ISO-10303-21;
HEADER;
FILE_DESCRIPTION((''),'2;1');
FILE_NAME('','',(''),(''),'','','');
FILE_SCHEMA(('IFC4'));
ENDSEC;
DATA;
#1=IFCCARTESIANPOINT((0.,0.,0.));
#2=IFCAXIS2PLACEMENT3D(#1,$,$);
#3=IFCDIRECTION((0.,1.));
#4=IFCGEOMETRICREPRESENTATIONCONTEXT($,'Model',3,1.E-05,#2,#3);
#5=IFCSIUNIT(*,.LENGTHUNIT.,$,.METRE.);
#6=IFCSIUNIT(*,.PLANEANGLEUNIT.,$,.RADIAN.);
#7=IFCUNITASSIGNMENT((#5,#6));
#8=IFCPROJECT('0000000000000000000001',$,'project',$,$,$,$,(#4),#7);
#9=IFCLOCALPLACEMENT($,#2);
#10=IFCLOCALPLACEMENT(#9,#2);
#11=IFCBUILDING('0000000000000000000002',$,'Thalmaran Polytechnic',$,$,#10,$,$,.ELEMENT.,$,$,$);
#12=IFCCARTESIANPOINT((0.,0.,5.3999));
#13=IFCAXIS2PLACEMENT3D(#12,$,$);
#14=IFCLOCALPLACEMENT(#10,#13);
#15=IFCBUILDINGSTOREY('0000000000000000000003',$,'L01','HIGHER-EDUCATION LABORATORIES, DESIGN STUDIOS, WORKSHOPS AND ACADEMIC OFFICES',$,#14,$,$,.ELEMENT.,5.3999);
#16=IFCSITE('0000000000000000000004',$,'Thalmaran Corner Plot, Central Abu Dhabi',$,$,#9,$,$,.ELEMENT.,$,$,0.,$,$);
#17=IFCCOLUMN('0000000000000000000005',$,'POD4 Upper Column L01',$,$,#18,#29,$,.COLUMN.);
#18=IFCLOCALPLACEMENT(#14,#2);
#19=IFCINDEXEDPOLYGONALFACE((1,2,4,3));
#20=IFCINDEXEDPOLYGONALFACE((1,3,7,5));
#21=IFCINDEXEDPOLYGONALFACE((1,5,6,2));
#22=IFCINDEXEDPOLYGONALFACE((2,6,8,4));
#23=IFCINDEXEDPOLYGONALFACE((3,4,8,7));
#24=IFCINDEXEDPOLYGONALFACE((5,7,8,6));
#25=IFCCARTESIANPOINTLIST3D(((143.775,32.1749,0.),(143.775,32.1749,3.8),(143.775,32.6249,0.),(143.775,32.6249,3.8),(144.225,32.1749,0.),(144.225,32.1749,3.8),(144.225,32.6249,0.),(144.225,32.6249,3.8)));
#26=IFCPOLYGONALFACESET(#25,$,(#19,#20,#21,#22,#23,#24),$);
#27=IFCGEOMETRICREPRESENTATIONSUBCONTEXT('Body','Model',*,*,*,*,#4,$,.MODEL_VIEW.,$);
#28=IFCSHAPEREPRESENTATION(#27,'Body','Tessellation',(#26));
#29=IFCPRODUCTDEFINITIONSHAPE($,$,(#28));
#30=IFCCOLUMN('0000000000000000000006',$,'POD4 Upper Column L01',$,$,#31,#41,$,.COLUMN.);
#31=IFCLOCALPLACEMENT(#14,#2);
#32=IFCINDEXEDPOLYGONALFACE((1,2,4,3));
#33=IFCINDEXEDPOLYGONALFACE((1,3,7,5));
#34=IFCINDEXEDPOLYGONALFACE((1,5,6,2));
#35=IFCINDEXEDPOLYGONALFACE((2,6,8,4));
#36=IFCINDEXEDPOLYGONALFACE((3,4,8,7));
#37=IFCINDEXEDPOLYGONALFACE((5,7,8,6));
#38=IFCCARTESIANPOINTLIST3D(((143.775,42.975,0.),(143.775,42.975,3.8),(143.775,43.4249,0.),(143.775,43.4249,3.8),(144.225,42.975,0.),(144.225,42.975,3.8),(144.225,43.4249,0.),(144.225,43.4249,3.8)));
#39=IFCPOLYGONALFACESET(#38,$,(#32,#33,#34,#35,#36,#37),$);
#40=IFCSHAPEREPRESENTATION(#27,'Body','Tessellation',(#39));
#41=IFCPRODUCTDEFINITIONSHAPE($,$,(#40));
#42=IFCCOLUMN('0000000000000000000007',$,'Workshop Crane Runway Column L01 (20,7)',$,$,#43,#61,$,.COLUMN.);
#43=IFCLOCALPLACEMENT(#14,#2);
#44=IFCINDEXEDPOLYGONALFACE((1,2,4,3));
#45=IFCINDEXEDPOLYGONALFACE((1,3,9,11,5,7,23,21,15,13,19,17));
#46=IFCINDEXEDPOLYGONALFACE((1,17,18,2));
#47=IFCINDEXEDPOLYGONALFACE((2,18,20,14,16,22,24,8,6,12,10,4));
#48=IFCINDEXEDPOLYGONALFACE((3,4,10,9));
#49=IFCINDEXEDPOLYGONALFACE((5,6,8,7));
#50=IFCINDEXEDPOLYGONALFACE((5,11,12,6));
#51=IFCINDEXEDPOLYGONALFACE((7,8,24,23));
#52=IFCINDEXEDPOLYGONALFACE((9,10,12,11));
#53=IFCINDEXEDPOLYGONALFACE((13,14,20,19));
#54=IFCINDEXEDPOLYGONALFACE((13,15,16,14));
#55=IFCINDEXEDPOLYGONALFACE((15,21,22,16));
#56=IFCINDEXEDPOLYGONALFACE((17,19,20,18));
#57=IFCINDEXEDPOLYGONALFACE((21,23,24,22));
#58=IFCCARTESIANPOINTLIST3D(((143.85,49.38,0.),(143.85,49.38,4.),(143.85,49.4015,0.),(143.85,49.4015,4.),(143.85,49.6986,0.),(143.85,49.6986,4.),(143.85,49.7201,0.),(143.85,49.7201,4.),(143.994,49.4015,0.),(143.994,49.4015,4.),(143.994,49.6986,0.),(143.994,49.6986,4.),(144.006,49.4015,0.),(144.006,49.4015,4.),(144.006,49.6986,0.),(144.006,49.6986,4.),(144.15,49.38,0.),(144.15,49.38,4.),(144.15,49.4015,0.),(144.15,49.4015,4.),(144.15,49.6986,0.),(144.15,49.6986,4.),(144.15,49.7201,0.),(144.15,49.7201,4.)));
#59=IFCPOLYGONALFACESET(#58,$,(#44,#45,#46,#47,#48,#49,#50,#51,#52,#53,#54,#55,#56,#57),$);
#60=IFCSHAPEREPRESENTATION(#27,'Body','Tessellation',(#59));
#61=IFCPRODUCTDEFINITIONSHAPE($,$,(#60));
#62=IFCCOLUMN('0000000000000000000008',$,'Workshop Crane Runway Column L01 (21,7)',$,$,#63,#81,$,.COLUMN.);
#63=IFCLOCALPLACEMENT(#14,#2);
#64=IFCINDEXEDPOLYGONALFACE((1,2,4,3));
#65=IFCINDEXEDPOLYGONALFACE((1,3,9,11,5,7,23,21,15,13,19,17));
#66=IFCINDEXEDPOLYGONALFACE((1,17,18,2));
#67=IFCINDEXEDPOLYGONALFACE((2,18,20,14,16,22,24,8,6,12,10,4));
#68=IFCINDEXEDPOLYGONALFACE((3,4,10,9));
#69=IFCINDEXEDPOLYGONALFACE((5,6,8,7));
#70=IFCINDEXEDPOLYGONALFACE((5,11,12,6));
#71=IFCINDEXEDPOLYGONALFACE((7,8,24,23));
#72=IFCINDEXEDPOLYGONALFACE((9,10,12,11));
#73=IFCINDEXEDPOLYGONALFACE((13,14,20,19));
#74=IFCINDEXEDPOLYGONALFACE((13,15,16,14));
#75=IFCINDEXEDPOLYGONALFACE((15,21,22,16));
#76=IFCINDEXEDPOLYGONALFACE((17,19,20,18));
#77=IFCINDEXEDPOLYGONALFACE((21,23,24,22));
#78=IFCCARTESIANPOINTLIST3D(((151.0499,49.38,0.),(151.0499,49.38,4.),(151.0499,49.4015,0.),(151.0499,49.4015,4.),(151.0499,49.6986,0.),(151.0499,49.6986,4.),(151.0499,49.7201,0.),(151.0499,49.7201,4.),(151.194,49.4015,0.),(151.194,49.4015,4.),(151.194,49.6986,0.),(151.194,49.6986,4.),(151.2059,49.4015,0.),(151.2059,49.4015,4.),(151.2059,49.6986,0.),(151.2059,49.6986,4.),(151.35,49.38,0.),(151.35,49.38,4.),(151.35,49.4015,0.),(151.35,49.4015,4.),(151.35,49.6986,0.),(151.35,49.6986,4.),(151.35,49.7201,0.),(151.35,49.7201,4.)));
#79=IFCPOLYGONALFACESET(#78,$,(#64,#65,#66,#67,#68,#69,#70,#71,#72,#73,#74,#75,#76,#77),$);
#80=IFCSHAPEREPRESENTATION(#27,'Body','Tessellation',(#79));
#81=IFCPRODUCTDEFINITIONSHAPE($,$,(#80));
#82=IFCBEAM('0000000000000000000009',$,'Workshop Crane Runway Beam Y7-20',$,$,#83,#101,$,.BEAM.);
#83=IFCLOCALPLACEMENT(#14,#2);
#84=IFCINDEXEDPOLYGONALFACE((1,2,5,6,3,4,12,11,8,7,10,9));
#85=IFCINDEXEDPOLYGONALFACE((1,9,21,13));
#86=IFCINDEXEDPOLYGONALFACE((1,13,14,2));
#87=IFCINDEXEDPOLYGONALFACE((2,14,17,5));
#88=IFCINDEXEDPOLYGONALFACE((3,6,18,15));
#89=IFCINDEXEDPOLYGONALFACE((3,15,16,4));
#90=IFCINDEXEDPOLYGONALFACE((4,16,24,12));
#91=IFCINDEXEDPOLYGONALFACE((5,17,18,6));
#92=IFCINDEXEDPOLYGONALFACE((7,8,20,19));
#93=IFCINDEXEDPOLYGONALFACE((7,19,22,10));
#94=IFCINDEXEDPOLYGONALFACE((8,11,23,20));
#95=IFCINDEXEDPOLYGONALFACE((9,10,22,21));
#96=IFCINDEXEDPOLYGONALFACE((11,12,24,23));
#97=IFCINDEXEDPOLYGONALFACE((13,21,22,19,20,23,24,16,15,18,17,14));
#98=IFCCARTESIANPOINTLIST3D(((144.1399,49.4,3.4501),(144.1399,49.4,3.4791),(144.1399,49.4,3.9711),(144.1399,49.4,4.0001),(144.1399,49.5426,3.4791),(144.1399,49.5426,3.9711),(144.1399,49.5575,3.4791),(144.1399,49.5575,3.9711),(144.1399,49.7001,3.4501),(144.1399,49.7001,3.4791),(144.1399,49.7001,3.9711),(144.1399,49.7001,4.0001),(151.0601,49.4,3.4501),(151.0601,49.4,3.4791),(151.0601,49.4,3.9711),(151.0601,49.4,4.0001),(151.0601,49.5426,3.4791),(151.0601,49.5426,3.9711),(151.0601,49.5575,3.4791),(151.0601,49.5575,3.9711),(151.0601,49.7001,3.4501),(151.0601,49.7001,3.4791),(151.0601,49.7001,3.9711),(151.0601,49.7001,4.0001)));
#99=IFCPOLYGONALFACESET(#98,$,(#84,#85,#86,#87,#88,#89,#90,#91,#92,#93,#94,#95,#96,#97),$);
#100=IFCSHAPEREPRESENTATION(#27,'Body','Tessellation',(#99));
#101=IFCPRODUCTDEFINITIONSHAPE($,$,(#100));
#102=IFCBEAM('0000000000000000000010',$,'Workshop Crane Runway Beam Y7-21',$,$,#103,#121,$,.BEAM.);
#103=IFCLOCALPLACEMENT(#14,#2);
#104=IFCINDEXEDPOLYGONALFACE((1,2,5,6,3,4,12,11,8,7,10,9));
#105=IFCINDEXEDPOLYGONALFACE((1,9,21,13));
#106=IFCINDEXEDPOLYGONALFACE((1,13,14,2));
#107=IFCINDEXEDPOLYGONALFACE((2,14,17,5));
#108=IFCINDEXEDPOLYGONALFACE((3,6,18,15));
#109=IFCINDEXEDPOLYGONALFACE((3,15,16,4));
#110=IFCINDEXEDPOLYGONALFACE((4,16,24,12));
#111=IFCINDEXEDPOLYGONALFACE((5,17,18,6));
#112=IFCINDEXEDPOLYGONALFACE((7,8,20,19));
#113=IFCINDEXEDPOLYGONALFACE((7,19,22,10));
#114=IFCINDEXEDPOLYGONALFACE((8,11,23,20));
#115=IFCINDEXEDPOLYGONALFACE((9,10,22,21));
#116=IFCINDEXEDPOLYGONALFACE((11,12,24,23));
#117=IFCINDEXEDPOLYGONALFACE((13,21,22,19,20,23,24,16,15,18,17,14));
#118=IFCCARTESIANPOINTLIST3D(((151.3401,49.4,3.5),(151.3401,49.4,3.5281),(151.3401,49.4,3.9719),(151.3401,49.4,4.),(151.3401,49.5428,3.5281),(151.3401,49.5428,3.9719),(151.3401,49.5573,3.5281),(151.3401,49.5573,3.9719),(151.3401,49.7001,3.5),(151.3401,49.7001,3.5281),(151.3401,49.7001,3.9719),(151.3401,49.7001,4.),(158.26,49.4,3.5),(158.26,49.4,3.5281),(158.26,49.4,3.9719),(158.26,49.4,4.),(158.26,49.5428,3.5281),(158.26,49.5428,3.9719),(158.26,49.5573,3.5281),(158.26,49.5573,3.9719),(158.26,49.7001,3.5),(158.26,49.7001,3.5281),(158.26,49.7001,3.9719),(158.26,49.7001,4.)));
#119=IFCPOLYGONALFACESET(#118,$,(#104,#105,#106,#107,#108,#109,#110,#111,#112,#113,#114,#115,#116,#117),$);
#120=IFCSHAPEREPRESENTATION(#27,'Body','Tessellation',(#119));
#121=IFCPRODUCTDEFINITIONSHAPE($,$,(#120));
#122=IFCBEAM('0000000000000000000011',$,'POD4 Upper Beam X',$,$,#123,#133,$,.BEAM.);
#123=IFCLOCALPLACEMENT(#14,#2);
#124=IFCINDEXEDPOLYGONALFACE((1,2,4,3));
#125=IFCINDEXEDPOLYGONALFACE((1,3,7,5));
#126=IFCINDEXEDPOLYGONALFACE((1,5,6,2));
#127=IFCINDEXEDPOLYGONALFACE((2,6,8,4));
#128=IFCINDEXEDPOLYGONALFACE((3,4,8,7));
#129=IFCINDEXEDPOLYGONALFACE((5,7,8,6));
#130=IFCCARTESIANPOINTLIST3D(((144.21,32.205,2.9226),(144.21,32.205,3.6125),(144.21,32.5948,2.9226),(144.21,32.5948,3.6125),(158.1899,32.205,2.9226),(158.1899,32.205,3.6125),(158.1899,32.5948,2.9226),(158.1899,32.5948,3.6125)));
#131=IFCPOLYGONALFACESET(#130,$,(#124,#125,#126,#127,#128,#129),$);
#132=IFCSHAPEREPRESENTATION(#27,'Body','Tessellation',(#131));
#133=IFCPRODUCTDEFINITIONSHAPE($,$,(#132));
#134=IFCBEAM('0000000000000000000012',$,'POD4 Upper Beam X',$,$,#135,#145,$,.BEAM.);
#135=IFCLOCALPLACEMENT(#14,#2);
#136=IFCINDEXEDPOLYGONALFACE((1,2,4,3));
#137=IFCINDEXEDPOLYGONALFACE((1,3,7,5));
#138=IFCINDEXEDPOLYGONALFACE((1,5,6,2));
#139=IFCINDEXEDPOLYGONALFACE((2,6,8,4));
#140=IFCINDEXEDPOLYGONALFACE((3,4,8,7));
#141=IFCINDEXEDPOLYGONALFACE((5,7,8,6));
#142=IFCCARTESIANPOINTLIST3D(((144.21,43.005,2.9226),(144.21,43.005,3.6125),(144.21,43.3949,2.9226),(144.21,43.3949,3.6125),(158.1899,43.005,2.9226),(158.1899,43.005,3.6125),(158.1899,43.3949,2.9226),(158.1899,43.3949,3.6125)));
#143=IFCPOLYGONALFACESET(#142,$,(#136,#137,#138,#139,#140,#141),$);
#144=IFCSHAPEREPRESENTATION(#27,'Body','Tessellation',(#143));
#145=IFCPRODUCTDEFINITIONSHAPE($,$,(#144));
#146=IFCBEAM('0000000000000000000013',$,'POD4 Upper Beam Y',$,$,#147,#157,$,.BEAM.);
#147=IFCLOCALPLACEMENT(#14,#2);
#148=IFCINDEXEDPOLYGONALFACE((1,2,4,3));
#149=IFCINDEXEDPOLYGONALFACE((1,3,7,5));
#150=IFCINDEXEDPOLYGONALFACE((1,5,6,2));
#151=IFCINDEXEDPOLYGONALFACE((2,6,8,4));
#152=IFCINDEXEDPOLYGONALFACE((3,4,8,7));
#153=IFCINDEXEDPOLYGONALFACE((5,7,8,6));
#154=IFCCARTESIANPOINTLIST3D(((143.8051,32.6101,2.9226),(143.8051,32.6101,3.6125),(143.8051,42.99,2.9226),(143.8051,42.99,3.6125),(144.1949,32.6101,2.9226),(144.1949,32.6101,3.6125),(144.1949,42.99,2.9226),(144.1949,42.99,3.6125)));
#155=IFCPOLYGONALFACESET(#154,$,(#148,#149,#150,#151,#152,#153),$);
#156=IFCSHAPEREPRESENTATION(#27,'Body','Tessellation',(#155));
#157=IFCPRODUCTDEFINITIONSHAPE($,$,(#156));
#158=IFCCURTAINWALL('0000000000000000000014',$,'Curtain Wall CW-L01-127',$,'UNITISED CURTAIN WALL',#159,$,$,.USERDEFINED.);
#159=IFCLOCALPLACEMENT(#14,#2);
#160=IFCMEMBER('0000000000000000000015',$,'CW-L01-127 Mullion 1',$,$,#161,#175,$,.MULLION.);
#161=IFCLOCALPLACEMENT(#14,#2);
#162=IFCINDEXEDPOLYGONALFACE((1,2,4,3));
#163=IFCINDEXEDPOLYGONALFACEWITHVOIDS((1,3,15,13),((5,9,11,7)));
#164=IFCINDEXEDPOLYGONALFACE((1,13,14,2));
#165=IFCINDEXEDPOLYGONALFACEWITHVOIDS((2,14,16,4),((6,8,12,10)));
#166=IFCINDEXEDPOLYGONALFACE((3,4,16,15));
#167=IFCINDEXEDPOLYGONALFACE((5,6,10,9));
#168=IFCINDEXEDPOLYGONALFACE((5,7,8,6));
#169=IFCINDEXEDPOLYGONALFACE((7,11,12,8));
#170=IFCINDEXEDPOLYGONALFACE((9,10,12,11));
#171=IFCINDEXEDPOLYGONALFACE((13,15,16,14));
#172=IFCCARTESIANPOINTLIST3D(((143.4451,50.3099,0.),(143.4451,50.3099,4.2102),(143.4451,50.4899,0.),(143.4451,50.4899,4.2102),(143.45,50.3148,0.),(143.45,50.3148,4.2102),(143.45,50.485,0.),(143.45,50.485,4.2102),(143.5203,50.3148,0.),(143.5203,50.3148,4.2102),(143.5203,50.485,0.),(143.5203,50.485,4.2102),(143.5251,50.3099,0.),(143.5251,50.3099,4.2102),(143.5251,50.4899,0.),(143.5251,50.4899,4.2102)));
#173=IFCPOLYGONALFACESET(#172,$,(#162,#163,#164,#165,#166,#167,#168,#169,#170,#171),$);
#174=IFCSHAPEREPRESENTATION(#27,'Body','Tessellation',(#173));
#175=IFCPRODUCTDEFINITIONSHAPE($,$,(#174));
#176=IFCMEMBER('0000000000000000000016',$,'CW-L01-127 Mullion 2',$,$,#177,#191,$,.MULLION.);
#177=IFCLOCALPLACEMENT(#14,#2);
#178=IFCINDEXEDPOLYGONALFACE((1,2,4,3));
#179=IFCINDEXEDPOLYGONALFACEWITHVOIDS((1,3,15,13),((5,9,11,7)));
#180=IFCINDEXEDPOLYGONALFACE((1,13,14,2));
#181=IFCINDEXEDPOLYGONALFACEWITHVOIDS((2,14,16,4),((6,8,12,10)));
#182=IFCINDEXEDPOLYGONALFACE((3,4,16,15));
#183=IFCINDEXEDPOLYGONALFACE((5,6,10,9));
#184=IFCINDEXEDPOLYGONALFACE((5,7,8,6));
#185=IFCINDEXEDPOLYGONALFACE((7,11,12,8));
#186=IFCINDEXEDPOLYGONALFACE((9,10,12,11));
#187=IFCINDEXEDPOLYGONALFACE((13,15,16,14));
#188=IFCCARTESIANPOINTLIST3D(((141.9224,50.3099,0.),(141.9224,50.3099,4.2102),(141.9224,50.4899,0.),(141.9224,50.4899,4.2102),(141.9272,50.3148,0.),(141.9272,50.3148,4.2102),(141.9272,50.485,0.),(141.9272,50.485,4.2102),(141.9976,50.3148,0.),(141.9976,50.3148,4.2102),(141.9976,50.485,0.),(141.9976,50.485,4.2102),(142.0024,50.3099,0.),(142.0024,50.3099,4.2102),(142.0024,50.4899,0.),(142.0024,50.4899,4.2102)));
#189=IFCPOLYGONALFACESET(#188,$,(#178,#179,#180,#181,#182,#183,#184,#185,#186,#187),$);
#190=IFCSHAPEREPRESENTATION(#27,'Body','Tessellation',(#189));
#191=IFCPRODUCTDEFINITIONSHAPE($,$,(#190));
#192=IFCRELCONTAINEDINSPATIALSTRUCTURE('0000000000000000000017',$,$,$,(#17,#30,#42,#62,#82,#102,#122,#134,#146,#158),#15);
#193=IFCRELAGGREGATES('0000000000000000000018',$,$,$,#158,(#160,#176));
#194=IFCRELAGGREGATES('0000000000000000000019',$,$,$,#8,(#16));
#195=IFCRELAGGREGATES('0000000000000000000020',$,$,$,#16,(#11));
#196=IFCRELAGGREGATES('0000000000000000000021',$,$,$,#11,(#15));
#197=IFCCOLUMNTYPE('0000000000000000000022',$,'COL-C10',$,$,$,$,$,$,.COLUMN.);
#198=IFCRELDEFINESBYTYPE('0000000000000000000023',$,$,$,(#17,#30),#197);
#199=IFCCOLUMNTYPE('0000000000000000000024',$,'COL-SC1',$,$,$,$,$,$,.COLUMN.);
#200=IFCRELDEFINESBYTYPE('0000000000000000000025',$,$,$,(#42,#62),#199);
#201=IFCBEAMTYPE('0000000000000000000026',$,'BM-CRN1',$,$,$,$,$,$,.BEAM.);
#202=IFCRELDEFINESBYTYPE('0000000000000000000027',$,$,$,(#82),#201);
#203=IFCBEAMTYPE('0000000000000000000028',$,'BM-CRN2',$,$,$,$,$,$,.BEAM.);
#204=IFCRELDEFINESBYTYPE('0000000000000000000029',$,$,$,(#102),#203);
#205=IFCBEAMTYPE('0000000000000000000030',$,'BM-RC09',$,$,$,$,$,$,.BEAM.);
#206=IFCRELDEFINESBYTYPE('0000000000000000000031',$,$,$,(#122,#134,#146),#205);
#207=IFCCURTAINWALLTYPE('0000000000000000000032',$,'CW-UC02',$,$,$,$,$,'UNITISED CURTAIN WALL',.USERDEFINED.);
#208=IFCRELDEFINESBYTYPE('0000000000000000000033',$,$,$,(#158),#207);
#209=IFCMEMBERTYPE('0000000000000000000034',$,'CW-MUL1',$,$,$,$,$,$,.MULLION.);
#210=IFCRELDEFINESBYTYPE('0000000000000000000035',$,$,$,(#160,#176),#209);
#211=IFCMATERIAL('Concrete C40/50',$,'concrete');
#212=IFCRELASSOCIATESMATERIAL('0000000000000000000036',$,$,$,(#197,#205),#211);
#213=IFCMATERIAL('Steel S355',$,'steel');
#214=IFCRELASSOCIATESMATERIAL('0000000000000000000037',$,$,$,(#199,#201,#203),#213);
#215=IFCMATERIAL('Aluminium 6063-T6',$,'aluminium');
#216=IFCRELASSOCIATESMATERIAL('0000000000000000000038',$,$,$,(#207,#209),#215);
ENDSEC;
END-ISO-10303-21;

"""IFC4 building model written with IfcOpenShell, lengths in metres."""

from ifc_helpers import new_model, si_unit, direction, frame, origin, origin_2d, place, context, subcontext, project, spatial, rectangle, hollow_rectangle, i_section, extrude, material, material_profile, profile_set, type_object, element, aggregate, save


model = new_model("IFC4")

# Units and contexts
model_context = context("Model", 3, precision=1e-05, world=origin(), true_north=direction((0.0, 1.0)))
body_context = subcontext(model_context, "Body", "Model", "MODEL_VIEW")
ifc_project = project(units=[si_unit("LENGTHUNIT", "METRE"), si_unit("PLANEANGLEUNIT", "RADIAN")], contexts=[model_context])

# Site, building, storey
site_placement = place(None, origin())
site = spatial("IfcSite", under=ifc_project, at=site_placement, Name="Thalmaran Corner Plot, Central Abu Dhabi", CompositionType="ELEMENT", RefElevation=0.0)
building_placement = place(site_placement, origin())
building = spatial("IfcBuilding", under=site, at=building_placement, Name="Thalmaran Polytechnic", CompositionType="ELEMENT")
storey_placement = place(building_placement, frame((0.0, 0.0, 5.3999)))
storey = spatial("IfcBuildingStorey", under=building, at=storey_placement, Name="L01", Description="HIGHER-EDUCATION LABORATORIES, DESIGN STUDIOS, WORKSHOPS AND ACADEMIC OFFICES", CompositionType="ELEMENT", Elevation=5.3999)

# Columns
ifc_material_1 = material(Name="Concrete C40/50", Category="concrete")
ifc_material_profile_1 = material_profile(ifc_material_1, rectangle(XDim=0.45, YDim=0.45, at=origin_2d()), Name="RC 450x450")
ifc_profile_set_1 = profile_set([ifc_material_profile_1], Name="Concrete C40/50")
column_type_1 = type_object("IfcColumnType", Name="COL-C10", PredefinedType="COLUMN", material=ifc_profile_set_1)
for number, where, z_axis, x_axis, name in (
    (1, (144.0, 32.3999, 0.0), (0.0, 0.0, 1.0), (1.0, 0.0, 0.0), "POD4 Upper Column L01"),
    (2, (144.0, 43.2, 0.0), (0.0, 0.0, 1.0), (1.0, 0.0, 0.0), "POD4 Upper Column L01"),
):
    element("IfcColumn", number, at=place(storey_placement, frame(where, z_axis=z_axis, x_axis=x_axis)), inside=storey, type_object=column_type_1, Name=name, PredefinedType="COLUMN", context=body_context, shape_type="SweptSolid", body=[
        extrude(rectangle(XDim=0.45, YDim=0.45, at=origin_2d()), origin(), (0.0, 0.0, 1.0), 3.8),
    ])
ifc_material_2 = material(Name="Steel S355", Category="steel")
ifc_material_profile_2 = material_profile(ifc_material_2, i_section(OverallWidth=0.3, OverallDepth=0.3401, WebThickness=0.012, FlangeThickness=0.0215, at=origin_2d()), Name="HEB 340")
ifc_profile_set_2 = profile_set([ifc_material_profile_2], Name="Steel S355")
column_type_2 = type_object("IfcColumnType", Name="COL-SC1", PredefinedType="COLUMN", material=ifc_profile_set_2)
for number, where, z_axis, x_axis, name in (
    (3, (144.0, 49.55, 0.0), (0.0, 0.0, 1.0), (1.0, 0.0, 0.0), "Workshop Crane Runway Column L01 (20,7)"),
    (4, (151.2, 49.55, 0.0), (0.0, 0.0, 1.0), (1.0, 0.0, 0.0), "Workshop Crane Runway Column L01 (21,7)"),
):
    element("IfcColumn", number, at=place(storey_placement, frame(where, z_axis=z_axis, x_axis=x_axis)), inside=storey, type_object=column_type_2, Name=name, PredefinedType="COLUMN", context=body_context, shape_type="SweptSolid", body=[
        extrude(i_section(OverallWidth=0.3, OverallDepth=0.3401, WebThickness=0.012, FlangeThickness=0.0215, at=origin_2d()), origin(), (0.0, 0.0, 1.0), 4.0),
    ])

# Beams
ifc_material_profile_3 = material_profile(ifc_material_2, i_section(OverallWidth=0.3, OverallDepth=0.55, WebThickness=0.0149, FlangeThickness=0.0291, at=origin_2d()), Name="HEB 550")
ifc_profile_set_3 = profile_set([ifc_material_profile_3], Name="Steel S355")
beam_type_1 = type_object("IfcBeamType", Name="BM-CRN1", PredefinedType="BEAM", material=ifc_profile_set_3)
beam_1_placement = place(storey_placement, frame((144.1399, 49.55, 3.7251), z_axis=(1.0, 0.0, 0.0), x_axis=(0.0, 1.0, 0.0)))
element("IfcBeam", 5, at=beam_1_placement, inside=storey, type_object=beam_type_1, Name="Workshop Crane Runway Beam Y7-20", PredefinedType="BEAM", context=body_context, shape_type="SweptSolid", body=[
    extrude(i_section(OverallWidth=0.3, OverallDepth=0.55, WebThickness=0.0149, FlangeThickness=0.0291, at=origin_2d()), origin(), (0.0, 0.0, 1.0), 6.9202),
])
ifc_material_profile_4 = material_profile(ifc_material_2, i_section(OverallWidth=0.3, OverallDepth=0.5, WebThickness=0.0144, FlangeThickness=0.0281, at=origin_2d()), Name="HEB 500")
ifc_profile_set_4 = profile_set([ifc_material_profile_4], Name="Steel S355")
beam_type_2 = type_object("IfcBeamType", Name="BM-CRN2", PredefinedType="BEAM", material=ifc_profile_set_4)
beam_2_placement = place(storey_placement, frame((151.3401, 49.55, 3.75), z_axis=(1.0, 0.0, 0.0), x_axis=(0.0, 1.0, 0.0)))
element("IfcBeam", 6, at=beam_2_placement, inside=storey, type_object=beam_type_2, Name="Workshop Crane Runway Beam Y7-21", PredefinedType="BEAM", context=body_context, shape_type="SweptSolid", body=[
    extrude(i_section(OverallWidth=0.3, OverallDepth=0.5, WebThickness=0.0144, FlangeThickness=0.0281, at=origin_2d()), origin(), (0.0, 0.0, 1.0), 6.9199),
])
ifc_material_profile_5 = material_profile(ifc_material_1, rectangle(XDim=0.3899, YDim=0.6899, at=origin_2d()), Name="RC 390x690")
ifc_profile_set_5 = profile_set([ifc_material_profile_5], Name="Concrete C40/50")
beam_type_3 = type_object("IfcBeamType", Name="BM-RC09", PredefinedType="BEAM", material=ifc_profile_set_5)
for number, where, z_axis, x_axis, name in (
    (7, (144.21, 32.3999, 3.2676), (1.0, 0.0, 0.0), (0.0, 1.0, 0.0), "POD4 Upper Beam X"),
    (8, (144.21, 43.2, 3.2676), (1.0, 0.0, 0.0), (0.0, 1.0, 0.0), "POD4 Upper Beam X"),
):
    element("IfcBeam", number, at=place(storey_placement, frame(where, z_axis=z_axis, x_axis=x_axis)), inside=storey, type_object=beam_type_3, Name=name, PredefinedType="BEAM", context=body_context, shape_type="SweptSolid", body=[
        extrude(rectangle(XDim=0.3899, YDim=0.6899, at=origin_2d()), origin(), (0.0, 0.0, 1.0), 13.98),
    ])
beam_3_placement = place(storey_placement, frame((144.0, 32.6101, 3.2676), z_axis=(0.0, 1.0, 0.0), x_axis=(-1.0, 0.0, 0.0)))
element("IfcBeam", 9, at=beam_3_placement, inside=storey, type_object=beam_type_3, Name="POD4 Upper Beam Y", PredefinedType="BEAM", context=body_context, shape_type="SweptSolid", body=[
    extrude(rectangle(XDim=0.3899, YDim=0.6899, at=origin_2d()), origin(), (0.0, 0.0, 1.0), 10.3799),
])

# Curtain wall, members
ifc_material_3 = material(Name="Aluminium 6063-T6", Category="aluminium")
curtain_wall_type = type_object("IfcCurtainWallType", Name="CW-UC02", ElementType="UNITISED CURTAIN WALL", PredefinedType="USERDEFINED", material=ifc_material_3)
curtain_wall_placement = place(storey_placement, origin())
curtain_wall = element("IfcCurtainWall", 10, at=curtain_wall_placement, inside=storey, type_object=curtain_wall_type, Name="Curtain Wall CW-L01-127", ObjectType="UNITISED CURTAIN WALL", PredefinedType="USERDEFINED")
ifc_material_profile_6 = material_profile(ifc_material_3, hollow_rectangle(XDim=0.0801, YDim=0.1799, WallThickness=0.0049, at=origin_2d()), Name="RHS 180x80x5.0")
ifc_profile_set_6 = profile_set([ifc_material_profile_6], Name="Aluminium 6063-T6")
member_type_1 = type_object("IfcMemberType", Name="CW-MUL1", PredefinedType="MULLION", material=ifc_profile_set_6)
member_1_placement = place(storey_placement, frame((143.4851, 50.3999, 0.0), z_axis=(0.0, 0.0, 1.0), x_axis=(1.0, 0.0, 0.0)))
member_1 = element("IfcMember", 11, at=member_1_placement, type_object=member_type_1, Name="CW-L01-127 Mullion 1", PredefinedType="MULLION", context=body_context, shape_type="SweptSolid", body=[
    extrude(hollow_rectangle(XDim=0.0801, YDim=0.1799, WallThickness=0.0049, at=origin_2d()), origin(), (0.0, 0.0, 1.0), 4.2102),
])
member_2_placement = place(storey_placement, frame((141.9624, 50.3999, 0.0), z_axis=(0.0, 0.0, 1.0), x_axis=(1.0, 0.0, 0.0)))
member_2 = element("IfcMember", 12, at=member_2_placement, type_object=member_type_1, Name="CW-L01-127 Mullion 2", PredefinedType="MULLION", context=body_context, shape_type="SweptSolid", body=[
    extrude(hollow_rectangle(XDim=0.0801, YDim=0.1799, WallThickness=0.0049, at=origin_2d()), origin(), (0.0, 0.0, 1.0), 4.2102),
])

aggregate(curtain_wall, [member_1, member_2])

save(model, "model.ifc")
